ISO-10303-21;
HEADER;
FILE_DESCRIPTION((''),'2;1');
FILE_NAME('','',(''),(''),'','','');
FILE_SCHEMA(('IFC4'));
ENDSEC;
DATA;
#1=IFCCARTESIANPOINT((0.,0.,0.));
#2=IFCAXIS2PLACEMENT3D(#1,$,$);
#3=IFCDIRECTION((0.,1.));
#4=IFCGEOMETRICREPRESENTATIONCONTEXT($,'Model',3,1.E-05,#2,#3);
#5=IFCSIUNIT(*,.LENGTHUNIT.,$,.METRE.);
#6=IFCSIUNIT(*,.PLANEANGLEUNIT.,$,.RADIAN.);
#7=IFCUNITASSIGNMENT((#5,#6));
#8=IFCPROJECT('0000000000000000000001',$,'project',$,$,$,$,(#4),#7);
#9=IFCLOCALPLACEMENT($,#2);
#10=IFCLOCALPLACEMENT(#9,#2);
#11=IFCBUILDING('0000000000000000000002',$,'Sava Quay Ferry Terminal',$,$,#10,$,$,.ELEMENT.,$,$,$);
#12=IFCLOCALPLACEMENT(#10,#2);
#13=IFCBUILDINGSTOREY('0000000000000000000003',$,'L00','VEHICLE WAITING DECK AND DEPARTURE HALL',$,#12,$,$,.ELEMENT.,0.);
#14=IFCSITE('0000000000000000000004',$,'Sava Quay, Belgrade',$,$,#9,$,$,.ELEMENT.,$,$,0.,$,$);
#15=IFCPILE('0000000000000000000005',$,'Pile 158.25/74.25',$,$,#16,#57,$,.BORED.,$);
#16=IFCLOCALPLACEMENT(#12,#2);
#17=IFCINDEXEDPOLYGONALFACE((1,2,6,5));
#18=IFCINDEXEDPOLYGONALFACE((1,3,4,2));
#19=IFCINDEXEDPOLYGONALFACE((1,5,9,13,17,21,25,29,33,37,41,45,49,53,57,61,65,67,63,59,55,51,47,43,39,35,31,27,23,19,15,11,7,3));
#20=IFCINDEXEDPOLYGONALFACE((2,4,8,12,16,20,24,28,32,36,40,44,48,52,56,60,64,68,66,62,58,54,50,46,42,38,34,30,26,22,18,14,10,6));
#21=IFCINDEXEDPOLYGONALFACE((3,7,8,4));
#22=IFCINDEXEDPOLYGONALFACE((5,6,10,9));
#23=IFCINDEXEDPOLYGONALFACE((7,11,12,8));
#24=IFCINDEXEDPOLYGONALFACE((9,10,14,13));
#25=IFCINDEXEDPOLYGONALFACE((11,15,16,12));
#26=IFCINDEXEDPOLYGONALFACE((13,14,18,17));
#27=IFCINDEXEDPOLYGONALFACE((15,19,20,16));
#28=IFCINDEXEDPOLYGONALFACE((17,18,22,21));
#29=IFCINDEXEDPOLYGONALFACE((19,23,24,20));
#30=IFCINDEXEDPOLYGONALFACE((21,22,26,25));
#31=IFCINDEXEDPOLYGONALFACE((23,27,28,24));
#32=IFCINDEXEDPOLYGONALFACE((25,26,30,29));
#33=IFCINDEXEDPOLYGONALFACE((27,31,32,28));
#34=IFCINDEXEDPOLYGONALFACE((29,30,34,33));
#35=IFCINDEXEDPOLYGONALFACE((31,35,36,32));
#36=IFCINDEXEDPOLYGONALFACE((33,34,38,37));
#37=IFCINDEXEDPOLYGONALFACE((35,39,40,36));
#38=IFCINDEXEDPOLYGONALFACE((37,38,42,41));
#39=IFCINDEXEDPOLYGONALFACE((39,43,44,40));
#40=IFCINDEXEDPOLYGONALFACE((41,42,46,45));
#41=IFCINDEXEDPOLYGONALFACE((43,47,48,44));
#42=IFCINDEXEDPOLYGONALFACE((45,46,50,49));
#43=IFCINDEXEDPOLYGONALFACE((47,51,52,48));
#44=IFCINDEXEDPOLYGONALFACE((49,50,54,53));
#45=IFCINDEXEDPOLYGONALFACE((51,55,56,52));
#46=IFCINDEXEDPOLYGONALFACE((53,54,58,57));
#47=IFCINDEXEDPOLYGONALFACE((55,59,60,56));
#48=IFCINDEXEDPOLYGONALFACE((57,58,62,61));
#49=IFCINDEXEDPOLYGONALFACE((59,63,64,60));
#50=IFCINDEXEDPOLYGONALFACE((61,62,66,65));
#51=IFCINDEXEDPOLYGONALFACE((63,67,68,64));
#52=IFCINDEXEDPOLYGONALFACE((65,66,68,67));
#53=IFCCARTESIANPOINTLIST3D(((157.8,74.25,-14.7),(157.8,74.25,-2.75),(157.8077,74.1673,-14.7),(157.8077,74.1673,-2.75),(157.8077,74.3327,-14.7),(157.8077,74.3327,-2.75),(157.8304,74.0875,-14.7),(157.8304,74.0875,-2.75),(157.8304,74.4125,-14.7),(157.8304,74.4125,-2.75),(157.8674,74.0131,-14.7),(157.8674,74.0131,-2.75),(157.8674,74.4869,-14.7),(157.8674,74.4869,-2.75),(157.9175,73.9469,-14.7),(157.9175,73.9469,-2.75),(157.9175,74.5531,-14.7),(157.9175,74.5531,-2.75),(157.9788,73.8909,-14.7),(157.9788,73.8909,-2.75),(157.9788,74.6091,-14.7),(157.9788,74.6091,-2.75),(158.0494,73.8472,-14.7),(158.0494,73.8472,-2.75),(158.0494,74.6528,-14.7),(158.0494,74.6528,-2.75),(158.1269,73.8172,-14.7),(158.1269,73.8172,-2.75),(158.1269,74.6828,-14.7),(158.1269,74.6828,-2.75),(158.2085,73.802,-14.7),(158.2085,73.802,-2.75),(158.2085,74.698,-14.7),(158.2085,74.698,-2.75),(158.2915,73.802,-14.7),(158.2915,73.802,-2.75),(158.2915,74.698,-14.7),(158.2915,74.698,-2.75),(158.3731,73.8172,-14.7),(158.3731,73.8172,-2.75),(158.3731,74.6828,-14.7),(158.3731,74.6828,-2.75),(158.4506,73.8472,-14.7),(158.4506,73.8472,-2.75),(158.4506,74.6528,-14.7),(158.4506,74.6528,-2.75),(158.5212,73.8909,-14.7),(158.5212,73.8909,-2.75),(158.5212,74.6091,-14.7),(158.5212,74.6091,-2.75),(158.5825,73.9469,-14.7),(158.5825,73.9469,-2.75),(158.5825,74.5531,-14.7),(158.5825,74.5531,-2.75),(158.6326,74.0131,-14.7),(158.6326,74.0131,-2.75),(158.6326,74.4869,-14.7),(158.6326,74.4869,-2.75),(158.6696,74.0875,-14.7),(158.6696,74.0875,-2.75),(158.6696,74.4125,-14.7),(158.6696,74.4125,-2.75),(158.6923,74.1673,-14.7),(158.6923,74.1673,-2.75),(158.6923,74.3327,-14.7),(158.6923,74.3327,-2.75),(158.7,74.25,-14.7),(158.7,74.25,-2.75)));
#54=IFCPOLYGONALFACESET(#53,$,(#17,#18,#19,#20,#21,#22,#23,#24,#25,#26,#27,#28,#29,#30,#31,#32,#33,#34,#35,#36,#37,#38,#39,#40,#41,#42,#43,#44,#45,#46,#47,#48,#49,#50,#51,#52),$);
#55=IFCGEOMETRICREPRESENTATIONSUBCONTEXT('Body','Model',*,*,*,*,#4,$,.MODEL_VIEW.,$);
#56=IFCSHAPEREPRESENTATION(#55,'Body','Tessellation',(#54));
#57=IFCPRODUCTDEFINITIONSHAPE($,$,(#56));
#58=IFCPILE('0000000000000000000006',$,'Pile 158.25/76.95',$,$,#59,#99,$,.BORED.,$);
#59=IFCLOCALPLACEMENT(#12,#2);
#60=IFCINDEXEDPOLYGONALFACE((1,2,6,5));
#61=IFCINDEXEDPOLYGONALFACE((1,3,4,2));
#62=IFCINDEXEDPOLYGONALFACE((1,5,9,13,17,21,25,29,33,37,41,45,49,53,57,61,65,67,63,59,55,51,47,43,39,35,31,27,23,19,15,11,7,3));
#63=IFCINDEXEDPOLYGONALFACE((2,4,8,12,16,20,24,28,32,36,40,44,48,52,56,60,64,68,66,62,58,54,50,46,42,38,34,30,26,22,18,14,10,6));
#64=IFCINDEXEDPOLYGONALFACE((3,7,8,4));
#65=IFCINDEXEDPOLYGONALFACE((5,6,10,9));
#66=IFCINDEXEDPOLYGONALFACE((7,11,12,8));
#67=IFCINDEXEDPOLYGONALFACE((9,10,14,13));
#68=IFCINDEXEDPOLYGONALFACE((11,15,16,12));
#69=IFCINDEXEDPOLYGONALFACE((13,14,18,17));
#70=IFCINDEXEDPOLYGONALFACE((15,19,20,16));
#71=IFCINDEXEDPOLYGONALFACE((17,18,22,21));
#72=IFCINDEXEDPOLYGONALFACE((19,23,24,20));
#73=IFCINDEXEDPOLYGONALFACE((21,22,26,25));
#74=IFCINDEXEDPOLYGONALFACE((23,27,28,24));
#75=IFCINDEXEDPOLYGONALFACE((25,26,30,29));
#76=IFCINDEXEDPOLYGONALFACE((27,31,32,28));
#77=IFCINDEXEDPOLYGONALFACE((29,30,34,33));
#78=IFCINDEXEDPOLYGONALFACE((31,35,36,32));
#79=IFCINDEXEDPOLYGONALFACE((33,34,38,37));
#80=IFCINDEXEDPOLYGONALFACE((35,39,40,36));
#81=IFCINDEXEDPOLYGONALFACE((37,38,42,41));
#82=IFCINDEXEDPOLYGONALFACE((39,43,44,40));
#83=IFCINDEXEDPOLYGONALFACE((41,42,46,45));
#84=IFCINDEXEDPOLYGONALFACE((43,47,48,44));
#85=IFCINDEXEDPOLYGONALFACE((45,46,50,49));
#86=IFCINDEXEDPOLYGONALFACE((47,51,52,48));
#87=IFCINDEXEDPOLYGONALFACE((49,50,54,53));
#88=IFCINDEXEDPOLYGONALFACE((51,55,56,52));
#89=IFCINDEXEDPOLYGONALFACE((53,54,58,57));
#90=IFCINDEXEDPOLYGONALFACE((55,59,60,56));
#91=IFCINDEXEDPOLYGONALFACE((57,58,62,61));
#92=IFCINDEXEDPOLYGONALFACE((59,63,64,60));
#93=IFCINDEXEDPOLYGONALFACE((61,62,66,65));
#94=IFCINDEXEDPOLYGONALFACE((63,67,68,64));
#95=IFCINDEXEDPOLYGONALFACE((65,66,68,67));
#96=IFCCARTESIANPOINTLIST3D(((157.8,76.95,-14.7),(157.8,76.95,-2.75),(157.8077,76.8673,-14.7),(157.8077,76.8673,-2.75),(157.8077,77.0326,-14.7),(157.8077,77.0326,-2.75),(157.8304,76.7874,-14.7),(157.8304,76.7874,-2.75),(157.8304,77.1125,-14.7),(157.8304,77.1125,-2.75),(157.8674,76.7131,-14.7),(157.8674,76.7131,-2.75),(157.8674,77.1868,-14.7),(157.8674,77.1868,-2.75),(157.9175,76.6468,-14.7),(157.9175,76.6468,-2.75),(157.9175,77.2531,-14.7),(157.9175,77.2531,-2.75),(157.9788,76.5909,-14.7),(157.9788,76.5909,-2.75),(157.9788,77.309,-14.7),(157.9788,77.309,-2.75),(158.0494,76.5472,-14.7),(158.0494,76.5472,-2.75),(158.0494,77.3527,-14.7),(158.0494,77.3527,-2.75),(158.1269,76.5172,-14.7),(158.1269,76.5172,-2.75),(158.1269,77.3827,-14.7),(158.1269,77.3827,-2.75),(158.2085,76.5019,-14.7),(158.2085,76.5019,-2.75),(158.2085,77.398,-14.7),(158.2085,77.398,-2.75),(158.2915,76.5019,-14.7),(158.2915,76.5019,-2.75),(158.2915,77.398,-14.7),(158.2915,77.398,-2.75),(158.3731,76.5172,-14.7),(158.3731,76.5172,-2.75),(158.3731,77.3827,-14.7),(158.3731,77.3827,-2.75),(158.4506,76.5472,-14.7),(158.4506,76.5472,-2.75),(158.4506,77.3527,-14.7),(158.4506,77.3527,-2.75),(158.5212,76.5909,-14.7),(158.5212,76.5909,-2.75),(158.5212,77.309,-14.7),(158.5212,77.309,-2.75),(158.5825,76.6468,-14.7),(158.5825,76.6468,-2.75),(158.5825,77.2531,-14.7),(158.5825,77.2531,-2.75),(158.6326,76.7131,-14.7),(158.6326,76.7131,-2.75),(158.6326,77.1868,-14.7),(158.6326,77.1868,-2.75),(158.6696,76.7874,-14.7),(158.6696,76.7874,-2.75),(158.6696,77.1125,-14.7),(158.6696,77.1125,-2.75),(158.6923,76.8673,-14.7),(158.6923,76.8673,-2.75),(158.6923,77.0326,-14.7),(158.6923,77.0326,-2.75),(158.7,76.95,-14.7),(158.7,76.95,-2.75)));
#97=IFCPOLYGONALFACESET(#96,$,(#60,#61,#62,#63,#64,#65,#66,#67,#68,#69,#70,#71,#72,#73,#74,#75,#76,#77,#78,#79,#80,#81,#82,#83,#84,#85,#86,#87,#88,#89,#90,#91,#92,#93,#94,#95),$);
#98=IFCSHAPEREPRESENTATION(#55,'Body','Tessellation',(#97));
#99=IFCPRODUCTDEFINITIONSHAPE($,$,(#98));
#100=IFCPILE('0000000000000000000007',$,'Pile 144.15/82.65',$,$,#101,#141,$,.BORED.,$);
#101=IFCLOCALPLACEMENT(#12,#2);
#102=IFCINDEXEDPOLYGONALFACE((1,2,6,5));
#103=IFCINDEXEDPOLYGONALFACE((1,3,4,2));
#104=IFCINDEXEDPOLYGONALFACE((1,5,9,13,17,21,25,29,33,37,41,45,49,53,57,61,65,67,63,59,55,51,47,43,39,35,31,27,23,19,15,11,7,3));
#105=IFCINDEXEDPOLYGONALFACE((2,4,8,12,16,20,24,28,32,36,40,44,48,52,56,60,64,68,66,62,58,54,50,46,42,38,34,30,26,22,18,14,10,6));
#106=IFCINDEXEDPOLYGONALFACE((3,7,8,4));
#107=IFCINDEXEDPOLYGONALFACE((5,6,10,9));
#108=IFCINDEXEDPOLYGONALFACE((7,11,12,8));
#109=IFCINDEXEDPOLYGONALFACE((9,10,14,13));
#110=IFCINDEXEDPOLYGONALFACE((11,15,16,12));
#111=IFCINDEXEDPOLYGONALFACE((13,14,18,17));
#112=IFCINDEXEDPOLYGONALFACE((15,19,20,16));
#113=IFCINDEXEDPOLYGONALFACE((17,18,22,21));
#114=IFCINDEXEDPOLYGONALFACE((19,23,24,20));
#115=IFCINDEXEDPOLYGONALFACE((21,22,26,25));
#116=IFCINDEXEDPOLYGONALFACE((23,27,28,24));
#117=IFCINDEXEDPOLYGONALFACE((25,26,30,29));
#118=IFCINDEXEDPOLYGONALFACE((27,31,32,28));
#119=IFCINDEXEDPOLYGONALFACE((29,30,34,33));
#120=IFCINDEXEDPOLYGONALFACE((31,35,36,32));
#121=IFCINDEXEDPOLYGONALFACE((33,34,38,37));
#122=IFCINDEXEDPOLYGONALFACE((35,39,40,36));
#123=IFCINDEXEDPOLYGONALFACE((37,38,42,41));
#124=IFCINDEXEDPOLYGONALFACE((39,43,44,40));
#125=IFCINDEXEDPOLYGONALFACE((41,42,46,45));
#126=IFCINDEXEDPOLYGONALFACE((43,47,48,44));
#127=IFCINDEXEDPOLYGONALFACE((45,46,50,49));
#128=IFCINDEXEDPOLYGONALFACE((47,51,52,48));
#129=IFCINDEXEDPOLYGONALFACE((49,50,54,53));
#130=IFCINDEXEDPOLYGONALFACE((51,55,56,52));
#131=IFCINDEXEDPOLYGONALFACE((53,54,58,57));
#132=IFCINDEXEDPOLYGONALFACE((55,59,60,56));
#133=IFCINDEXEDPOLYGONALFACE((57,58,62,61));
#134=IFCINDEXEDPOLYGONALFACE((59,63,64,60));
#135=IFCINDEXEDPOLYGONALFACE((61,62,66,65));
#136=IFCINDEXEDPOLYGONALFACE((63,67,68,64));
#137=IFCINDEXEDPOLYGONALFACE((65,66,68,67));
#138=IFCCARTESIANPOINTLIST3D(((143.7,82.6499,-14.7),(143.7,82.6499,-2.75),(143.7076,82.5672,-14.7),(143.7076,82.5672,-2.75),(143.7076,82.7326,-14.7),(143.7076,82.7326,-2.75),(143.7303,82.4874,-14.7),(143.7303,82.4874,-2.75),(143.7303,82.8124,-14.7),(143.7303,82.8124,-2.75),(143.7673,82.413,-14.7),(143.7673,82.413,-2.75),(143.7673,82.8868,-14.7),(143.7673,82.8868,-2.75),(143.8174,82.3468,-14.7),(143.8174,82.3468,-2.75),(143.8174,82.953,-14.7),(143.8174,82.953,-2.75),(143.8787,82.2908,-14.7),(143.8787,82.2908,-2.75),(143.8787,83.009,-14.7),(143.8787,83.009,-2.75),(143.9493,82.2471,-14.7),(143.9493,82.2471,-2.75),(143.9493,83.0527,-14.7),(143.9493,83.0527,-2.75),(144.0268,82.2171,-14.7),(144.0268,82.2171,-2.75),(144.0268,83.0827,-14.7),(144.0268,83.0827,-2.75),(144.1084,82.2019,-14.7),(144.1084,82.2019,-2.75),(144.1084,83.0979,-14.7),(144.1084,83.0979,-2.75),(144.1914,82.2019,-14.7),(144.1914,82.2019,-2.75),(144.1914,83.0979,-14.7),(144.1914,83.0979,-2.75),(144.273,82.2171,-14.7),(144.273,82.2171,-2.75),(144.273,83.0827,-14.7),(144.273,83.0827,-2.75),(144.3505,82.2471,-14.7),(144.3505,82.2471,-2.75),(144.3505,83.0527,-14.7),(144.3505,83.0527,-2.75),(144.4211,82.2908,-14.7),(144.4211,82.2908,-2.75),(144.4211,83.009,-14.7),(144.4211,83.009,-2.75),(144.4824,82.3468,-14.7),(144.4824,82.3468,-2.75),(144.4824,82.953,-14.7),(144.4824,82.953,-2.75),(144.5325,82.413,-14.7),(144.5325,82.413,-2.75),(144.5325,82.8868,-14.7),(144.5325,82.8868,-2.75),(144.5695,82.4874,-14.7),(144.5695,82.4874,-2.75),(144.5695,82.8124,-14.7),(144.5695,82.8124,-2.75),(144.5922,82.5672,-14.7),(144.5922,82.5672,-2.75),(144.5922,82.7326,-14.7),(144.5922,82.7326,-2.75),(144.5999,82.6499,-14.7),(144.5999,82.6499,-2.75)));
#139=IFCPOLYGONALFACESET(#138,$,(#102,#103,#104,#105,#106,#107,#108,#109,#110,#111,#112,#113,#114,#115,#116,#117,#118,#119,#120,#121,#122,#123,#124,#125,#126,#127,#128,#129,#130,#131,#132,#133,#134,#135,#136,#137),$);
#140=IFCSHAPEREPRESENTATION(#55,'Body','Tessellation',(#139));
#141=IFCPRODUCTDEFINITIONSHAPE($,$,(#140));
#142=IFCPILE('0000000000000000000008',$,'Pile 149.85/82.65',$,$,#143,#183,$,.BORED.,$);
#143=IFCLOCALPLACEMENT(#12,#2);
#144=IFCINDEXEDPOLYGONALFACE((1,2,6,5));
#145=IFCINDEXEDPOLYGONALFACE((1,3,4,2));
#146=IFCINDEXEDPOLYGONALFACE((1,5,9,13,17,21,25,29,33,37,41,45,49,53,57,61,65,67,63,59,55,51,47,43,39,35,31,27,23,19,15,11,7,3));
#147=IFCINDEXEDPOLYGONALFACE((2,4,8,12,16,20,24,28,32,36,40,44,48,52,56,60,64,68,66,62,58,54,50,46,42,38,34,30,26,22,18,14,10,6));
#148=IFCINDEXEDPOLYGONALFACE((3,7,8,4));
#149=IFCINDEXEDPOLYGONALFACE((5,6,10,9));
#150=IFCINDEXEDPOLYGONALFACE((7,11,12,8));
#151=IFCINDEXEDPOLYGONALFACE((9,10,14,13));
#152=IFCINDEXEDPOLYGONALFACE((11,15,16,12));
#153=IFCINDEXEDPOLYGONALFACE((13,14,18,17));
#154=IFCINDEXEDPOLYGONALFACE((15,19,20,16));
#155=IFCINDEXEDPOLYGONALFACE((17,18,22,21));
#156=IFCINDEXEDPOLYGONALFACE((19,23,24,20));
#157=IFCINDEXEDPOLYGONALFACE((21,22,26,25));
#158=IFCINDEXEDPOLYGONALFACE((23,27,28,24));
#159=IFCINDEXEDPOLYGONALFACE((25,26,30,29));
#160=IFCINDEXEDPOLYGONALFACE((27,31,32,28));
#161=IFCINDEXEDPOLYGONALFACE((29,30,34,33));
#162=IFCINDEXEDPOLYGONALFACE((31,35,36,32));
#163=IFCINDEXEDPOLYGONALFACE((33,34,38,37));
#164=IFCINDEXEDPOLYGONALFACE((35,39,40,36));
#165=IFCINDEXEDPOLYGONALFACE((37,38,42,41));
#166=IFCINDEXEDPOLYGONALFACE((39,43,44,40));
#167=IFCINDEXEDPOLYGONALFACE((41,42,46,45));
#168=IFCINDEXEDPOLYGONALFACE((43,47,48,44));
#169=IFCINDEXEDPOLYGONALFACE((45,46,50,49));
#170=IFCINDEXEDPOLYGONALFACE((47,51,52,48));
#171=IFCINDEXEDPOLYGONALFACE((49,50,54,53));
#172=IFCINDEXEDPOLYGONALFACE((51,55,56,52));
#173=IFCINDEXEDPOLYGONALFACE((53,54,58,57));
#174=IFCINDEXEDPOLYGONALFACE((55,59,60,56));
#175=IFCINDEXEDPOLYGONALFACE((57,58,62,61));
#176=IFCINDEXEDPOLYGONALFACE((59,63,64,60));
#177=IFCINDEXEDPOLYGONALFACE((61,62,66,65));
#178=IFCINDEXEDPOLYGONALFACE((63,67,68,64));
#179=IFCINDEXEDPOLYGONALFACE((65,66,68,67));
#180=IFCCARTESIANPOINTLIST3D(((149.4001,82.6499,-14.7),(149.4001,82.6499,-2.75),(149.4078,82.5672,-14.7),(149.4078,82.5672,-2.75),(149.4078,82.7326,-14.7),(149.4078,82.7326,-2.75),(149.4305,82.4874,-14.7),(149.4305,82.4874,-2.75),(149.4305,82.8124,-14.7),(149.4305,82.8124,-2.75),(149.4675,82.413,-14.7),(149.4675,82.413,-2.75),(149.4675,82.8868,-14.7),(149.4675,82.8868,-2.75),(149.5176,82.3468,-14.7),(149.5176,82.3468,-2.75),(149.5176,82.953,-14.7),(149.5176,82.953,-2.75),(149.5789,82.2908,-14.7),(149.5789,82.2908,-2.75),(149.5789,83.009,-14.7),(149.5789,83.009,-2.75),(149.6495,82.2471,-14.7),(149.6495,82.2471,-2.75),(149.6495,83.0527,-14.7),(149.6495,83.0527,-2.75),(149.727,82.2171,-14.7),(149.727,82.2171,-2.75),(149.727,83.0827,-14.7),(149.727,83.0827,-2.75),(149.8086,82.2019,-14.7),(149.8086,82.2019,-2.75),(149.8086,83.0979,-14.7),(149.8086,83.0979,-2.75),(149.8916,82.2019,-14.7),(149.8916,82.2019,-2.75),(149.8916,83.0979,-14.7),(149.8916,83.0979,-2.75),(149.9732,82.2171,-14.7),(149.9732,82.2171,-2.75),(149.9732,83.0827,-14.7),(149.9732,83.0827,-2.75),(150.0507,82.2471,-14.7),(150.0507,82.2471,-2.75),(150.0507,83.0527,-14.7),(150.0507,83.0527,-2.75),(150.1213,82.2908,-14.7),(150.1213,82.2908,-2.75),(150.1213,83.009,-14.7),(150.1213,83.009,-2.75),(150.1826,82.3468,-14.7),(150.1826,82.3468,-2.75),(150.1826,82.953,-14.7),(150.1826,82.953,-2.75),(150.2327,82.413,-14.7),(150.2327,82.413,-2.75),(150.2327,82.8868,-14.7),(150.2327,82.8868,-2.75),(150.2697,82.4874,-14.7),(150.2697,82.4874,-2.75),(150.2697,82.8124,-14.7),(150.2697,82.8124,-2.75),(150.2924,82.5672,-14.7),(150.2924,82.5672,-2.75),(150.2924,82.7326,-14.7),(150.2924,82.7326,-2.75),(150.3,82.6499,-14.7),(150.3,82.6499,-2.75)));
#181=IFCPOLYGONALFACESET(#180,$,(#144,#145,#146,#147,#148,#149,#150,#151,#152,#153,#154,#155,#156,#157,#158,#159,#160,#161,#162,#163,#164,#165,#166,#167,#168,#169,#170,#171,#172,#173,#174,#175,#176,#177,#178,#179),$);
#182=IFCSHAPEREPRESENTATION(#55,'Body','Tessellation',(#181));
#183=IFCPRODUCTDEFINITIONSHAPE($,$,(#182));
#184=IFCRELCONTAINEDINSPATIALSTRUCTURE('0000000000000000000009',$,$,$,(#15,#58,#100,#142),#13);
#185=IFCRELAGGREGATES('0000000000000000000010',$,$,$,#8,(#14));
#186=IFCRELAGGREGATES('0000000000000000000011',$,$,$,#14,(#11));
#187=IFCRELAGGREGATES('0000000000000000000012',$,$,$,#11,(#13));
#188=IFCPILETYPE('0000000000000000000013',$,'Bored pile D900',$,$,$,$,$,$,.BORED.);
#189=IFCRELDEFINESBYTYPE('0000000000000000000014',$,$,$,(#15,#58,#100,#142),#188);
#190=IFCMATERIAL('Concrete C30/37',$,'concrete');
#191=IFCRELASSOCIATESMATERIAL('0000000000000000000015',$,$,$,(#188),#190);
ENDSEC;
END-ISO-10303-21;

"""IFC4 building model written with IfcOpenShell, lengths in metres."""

from ifc_helpers import new_model, si_unit, direction, frame, origin, origin_2d, place, context, subcontext, project, spatial, circle, extrude, material, material_profile, profile_set, type_object, element, save


model = new_model("IFC4")

# Units and contexts
model_context = context("Model", 3, precision=1e-05, world=origin(), true_north=direction((0.0, 1.0)))
body_context = subcontext(model_context, "Body", "Model", "MODEL_VIEW")
ifc_project = project(units=[si_unit("LENGTHUNIT", "METRE"), si_unit("PLANEANGLEUNIT", "RADIAN")], contexts=[model_context])

# Site, building, storey
site_placement = place(None, origin())
site = spatial("IfcSite", under=ifc_project, at=site_placement, Name="Sava Quay, Belgrade", CompositionType="ELEMENT", RefElevation=0.0)
building_placement = place(site_placement, origin())
building = spatial("IfcBuilding", under=site, at=building_placement, Name="Sava Quay Ferry Terminal", CompositionType="ELEMENT")
storey_placement = place(building_placement, origin())
storey = spatial("IfcBuildingStorey", under=building, at=storey_placement, Name="L00", Description="VEHICLE WAITING DECK AND DEPARTURE HALL", CompositionType="ELEMENT", Elevation=0.0)

# Piles
ifc_material_1 = material(Name="Concrete C30/37", Category="concrete")
ifc_material_profile_1 = material_profile(ifc_material_1, circle(Radius=0.45, at=origin_2d()), Name="Bored pile D900")
ifc_profile_set_1 = profile_set([ifc_material_profile_1], Name="Concrete C30/37")
pile_type = type_object("IfcPileType", Name="Bored pile D900", PredefinedType="BORED", material=ifc_profile_set_1)
for number, where, z_axis, x_axis, name in (
    (1, (158.25, 74.25, -2.75), (0.0, 0.0, -1.0), (1.0, 0.0, 0.0), "Pile 158.25/74.25"),
    (2, (158.25, 76.95, -2.75), (0.0, 0.0, -1.0), (1.0, 0.0, 0.0), "Pile 158.25/76.95"),
    (3, (144.1499, 82.6499, -2.75), (0.0, 0.0, -1.0), (1.0, 0.0, 0.0), "Pile 144.15/82.65"),
    (4, (149.8501, 82.6499, -2.75), (0.0, 0.0, -1.0), (1.0, 0.0, 0.0), "Pile 149.85/82.65"),
):
    element("IfcPile", number, at=place(storey_placement, frame(where, z_axis=z_axis, x_axis=x_axis)), inside=storey, type_object=pile_type, Name=name, PredefinedType="BORED", context=body_context, shape_type="SweptSolid", body=[
        extrude(circle(Radius=0.45, at=origin_2d()), origin(), (0.0, 0.0, 1.0), 11.95),
    ])

save(model, "model.ifc")
